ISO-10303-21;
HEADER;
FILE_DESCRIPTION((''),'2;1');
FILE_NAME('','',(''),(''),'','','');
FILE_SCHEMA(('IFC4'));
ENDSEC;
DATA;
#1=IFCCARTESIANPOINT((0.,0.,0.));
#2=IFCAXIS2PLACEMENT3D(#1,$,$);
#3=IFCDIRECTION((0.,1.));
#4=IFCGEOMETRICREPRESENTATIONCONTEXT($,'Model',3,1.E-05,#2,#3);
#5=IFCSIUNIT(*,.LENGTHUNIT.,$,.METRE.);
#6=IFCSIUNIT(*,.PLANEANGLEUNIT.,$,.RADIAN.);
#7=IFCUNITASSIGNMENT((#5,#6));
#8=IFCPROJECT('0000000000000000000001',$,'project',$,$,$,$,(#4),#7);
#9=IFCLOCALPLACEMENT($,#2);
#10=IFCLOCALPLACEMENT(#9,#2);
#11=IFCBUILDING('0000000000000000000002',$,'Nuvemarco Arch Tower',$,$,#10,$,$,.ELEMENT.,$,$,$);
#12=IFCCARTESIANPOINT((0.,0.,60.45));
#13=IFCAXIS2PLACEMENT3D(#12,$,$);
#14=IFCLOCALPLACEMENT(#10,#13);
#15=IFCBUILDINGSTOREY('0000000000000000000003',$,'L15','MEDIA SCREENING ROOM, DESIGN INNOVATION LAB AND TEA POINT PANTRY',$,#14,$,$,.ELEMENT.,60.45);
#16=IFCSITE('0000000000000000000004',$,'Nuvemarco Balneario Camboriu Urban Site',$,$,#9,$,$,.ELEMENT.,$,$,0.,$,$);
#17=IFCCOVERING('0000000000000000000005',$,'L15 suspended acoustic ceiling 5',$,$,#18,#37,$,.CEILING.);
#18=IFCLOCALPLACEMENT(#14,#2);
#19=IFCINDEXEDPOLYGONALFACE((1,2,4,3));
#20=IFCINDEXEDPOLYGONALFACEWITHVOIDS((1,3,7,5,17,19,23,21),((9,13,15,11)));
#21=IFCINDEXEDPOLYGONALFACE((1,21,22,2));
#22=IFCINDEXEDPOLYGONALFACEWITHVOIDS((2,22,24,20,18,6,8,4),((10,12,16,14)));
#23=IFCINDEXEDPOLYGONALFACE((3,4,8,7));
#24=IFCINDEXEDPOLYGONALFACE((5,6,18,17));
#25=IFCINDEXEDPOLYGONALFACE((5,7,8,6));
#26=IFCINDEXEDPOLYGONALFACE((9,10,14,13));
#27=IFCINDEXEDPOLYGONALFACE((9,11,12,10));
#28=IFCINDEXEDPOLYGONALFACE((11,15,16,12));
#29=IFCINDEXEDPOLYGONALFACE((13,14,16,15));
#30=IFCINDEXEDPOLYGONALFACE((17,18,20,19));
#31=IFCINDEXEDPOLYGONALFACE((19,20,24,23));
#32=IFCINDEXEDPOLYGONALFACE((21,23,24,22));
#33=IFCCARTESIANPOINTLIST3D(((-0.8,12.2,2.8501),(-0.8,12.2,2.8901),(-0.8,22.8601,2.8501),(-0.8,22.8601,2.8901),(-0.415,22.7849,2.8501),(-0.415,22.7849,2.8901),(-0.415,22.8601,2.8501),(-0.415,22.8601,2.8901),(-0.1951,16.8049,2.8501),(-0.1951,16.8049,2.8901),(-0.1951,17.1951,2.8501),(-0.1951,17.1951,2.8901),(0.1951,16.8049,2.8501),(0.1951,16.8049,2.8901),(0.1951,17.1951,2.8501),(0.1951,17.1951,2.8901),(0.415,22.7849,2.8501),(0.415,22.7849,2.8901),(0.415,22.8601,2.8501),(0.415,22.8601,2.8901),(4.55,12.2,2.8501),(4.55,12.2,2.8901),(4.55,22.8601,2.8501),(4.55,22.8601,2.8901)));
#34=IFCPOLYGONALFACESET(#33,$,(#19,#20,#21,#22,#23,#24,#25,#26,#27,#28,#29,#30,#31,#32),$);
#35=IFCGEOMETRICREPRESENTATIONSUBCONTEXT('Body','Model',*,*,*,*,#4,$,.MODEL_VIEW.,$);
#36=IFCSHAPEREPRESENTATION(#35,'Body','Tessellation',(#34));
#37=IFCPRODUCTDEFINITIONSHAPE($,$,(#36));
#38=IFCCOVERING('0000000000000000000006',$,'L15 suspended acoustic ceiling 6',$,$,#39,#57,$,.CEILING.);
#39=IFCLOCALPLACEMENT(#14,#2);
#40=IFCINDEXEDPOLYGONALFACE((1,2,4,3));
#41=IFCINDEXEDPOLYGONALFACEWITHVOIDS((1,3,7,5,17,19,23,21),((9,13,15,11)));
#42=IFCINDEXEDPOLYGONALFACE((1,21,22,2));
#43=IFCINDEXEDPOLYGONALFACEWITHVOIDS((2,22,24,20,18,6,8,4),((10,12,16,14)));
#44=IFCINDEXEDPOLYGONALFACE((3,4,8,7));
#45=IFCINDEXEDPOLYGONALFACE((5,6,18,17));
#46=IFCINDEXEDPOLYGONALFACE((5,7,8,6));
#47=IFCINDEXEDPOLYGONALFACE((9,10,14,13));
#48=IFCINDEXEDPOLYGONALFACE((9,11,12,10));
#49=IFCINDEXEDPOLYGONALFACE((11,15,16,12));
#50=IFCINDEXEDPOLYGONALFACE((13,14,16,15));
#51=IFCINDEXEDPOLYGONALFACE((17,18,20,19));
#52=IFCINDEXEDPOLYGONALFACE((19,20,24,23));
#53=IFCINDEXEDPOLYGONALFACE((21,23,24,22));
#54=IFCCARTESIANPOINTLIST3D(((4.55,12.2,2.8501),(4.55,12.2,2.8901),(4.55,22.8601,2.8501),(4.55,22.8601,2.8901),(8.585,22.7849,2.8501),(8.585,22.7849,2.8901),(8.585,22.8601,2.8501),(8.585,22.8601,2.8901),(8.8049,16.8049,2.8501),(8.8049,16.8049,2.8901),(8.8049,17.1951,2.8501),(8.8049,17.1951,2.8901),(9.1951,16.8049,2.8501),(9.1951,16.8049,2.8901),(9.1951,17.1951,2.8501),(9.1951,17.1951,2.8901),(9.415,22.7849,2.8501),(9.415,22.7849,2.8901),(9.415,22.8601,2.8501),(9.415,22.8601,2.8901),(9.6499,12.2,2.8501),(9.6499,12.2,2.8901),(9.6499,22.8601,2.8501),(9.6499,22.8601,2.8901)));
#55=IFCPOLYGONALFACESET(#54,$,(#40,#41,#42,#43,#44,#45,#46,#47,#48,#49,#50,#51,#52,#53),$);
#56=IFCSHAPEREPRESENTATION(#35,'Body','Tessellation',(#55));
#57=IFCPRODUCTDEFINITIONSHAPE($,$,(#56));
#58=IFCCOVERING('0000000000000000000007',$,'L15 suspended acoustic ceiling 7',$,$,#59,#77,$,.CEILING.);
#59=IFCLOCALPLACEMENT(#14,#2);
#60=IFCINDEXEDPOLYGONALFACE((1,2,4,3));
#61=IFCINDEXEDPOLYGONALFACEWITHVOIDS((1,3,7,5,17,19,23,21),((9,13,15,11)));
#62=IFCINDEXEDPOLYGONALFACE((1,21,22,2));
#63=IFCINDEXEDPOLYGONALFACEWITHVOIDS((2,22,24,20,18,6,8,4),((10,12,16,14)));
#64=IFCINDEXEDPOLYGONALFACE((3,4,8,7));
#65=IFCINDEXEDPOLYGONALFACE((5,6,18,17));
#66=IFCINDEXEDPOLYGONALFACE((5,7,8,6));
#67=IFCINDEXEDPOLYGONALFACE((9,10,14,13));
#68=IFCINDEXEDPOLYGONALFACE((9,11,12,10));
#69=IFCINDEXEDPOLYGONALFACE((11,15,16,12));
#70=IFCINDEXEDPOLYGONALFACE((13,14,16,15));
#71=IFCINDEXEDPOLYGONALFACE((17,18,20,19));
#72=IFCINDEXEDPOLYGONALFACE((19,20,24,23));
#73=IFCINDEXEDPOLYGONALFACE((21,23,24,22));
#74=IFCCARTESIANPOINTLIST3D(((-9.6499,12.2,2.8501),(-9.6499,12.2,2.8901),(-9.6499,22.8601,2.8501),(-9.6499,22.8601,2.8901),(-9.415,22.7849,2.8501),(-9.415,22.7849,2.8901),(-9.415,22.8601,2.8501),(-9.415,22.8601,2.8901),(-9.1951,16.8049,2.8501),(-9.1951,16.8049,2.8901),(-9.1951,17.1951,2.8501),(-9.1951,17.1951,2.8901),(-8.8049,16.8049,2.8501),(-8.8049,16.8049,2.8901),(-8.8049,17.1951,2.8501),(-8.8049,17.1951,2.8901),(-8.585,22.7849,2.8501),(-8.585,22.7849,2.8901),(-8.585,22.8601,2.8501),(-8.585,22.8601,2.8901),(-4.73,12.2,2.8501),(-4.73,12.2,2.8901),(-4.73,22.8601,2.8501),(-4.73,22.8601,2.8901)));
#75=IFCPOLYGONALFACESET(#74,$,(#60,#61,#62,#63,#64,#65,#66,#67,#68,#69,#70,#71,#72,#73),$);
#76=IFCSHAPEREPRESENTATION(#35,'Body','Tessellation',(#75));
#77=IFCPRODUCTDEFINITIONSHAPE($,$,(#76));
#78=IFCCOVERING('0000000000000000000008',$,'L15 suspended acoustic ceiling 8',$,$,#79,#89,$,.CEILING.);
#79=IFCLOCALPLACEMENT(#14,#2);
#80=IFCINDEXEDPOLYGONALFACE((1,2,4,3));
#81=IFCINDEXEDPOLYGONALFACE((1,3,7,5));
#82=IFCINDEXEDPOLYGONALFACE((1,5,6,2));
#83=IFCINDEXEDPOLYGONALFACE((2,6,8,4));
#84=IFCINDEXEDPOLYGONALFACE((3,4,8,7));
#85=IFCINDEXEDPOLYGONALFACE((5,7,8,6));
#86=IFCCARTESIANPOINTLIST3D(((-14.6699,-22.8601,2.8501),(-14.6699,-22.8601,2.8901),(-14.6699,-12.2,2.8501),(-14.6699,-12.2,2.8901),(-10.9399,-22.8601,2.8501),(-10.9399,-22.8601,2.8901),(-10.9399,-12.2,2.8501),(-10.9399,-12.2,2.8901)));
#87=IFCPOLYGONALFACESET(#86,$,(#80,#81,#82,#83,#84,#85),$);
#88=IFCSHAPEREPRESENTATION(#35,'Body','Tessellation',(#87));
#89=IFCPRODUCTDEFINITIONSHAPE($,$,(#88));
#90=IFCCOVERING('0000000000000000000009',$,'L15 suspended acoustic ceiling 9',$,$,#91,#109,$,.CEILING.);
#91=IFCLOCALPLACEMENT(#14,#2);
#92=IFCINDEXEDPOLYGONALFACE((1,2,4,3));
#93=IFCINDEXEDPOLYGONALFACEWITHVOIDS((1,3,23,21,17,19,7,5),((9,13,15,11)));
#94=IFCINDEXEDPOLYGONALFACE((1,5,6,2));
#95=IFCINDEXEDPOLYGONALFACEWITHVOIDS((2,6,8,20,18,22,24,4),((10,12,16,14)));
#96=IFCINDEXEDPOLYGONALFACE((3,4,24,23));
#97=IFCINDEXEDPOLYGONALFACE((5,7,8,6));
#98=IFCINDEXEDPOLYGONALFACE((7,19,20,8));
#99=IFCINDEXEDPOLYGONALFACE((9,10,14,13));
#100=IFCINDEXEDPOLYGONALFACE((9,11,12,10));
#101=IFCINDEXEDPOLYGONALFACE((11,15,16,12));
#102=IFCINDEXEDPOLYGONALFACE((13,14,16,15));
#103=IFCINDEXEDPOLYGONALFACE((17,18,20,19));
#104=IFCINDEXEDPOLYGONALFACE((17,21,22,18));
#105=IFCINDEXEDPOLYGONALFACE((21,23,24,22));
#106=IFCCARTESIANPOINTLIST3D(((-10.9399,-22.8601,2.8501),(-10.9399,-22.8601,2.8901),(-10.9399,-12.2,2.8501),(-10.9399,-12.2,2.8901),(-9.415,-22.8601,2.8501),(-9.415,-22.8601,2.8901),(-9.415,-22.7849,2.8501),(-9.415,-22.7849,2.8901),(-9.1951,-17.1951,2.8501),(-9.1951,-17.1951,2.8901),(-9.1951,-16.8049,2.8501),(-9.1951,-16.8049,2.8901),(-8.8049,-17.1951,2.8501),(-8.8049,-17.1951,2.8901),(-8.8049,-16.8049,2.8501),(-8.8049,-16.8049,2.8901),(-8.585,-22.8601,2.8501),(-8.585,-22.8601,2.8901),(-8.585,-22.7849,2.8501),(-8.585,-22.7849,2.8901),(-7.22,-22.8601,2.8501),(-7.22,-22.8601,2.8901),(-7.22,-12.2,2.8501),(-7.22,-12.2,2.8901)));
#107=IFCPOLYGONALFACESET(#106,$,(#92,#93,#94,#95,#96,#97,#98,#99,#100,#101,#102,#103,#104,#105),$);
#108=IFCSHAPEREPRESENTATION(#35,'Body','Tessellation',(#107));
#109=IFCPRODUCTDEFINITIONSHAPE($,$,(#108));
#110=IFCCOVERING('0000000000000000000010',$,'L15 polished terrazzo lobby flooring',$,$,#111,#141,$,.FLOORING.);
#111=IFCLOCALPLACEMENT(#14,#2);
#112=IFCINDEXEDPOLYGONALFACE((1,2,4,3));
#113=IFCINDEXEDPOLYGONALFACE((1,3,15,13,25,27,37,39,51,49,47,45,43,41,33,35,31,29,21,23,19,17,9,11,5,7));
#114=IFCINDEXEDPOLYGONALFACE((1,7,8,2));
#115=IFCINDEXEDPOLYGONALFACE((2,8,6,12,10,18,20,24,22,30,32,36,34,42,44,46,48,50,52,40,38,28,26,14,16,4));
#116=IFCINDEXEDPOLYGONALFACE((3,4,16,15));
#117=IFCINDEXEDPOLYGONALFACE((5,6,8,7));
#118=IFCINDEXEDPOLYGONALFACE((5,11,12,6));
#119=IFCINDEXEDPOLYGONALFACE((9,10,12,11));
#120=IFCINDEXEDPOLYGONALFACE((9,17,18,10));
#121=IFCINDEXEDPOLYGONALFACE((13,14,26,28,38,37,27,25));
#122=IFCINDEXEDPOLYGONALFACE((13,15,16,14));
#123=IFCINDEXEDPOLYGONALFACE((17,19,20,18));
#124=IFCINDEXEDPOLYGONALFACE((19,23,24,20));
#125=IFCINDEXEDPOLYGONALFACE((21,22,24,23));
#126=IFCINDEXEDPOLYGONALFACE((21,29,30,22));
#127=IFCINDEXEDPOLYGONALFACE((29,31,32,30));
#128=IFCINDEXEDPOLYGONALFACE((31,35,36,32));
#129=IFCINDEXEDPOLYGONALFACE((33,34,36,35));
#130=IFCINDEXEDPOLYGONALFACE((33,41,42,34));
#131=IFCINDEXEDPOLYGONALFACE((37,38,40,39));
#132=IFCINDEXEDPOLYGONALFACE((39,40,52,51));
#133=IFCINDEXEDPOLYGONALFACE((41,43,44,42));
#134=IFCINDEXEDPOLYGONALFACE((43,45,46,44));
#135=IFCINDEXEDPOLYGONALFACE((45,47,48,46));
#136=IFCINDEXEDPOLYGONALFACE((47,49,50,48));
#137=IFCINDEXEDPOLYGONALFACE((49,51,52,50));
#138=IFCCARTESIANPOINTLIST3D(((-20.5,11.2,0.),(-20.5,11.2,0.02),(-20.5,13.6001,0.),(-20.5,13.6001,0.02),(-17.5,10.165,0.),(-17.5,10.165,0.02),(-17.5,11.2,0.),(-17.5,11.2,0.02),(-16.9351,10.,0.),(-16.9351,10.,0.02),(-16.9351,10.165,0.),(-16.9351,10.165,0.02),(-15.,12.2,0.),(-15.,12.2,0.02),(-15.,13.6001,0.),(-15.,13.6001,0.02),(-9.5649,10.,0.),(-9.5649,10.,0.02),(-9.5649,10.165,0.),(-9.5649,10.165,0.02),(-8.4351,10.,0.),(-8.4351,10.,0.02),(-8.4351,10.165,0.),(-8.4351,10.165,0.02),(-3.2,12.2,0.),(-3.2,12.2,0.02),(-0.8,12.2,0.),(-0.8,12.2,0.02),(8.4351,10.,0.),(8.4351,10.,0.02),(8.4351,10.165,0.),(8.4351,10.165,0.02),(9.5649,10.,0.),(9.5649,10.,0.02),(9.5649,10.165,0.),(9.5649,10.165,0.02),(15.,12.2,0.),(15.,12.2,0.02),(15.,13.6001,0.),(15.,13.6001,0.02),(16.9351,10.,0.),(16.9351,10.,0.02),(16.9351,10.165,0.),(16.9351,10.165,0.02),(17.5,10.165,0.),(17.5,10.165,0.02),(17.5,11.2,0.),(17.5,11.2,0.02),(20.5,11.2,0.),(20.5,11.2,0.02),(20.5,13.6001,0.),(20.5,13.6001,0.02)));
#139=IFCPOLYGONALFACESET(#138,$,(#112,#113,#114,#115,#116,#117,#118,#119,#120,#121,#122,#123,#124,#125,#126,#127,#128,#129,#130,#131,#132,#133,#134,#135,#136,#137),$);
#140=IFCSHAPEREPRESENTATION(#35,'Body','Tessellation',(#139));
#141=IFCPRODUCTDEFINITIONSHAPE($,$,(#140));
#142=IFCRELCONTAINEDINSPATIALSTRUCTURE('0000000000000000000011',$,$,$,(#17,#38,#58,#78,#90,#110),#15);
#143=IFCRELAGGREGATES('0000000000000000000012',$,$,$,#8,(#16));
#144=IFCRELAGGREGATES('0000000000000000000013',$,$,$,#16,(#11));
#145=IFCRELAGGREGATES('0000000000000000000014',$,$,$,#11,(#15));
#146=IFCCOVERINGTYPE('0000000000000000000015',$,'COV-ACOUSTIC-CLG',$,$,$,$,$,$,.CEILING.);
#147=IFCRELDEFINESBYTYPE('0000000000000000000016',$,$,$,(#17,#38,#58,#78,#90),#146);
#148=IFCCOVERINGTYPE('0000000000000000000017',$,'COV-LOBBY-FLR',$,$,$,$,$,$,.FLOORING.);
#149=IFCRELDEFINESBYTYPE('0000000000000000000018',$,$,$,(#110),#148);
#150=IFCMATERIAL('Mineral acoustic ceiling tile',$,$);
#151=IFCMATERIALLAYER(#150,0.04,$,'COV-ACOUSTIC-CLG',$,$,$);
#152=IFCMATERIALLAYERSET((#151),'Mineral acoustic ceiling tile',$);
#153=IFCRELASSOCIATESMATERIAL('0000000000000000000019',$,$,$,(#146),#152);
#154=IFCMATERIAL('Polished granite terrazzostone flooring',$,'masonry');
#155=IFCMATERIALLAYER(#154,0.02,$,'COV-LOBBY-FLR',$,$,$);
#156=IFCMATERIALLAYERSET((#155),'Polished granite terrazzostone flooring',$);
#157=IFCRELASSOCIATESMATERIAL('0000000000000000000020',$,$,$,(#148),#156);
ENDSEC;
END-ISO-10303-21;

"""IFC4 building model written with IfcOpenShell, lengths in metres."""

from ifc_helpers import new_model, si_unit, direction, frame, origin, place, context, subcontext, project, spatial, polyline, outline, extrude, material, layer, layer_set, type_object, element, save


model = new_model("IFC4")

# Units and contexts
model_context = context("Model", 3, precision=1e-05, world=origin(), true_north=direction((0.0, 1.0)))
body_context = subcontext(model_context, "Body", "Model", "MODEL_VIEW")
ifc_project = project(units=[si_unit("LENGTHUNIT", "METRE"), si_unit("PLANEANGLEUNIT", "RADIAN")], contexts=[model_context])

# Site, building, storey
site_placement = place(None, origin())
site = spatial("IfcSite", under=ifc_project, at=site_placement, Name="Nuvemarco Balneario Camboriu Urban Site", CompositionType="ELEMENT", RefElevation=0.0)
building_placement = place(site_placement, origin())
building = spatial("IfcBuilding", under=site, at=building_placement, Name="Nuvemarco Arch Tower", CompositionType="ELEMENT")
storey_placement = place(building_placement, frame((0.0, 0.0, 60.45)))
storey = spatial("IfcBuildingStorey", under=building, at=storey_placement, Name="L15", Description="MEDIA SCREENING ROOM, DESIGN INNOVATION LAB AND TEA POINT PANTRY", CompositionType="ELEMENT", Elevation=60.45)

# Coverings
ifc_material_1 = material(Name="Mineral acoustic ceiling tile")
ifc_layer_1 = layer(ifc_material_1, 0.04, Name="COV-ACOUSTIC-CLG")
ifc_layer_set_1 = layer_set([ifc_layer_1], Name="Mineral acoustic ceiling tile")
covering_type_1 = type_object("IfcCoveringType", Name="COV-ACOUSTIC-CLG", PredefinedType="CEILING", material=ifc_layer_set_1)
covering_1_placement = place(storey_placement, frame((0.0, 0.0, 2.8501)))
element("IfcCovering", 1, at=covering_1_placement, inside=storey, type_object=covering_type_1, Name="L15 suspended acoustic ceiling 5", PredefinedType="CEILING", context=body_context, shape_type="SweptSolid", body=[
    extrude(outline(polyline([(4.55, 12.2), (-0.8, 12.2), (-0.8, 22.8601), (-0.415, 22.8601), (-0.415, 22.7849), (0.415, 22.7849), (0.415, 22.8601), (4.55, 22.8601), (4.55, 12.2)]), holes=[polyline([(0.1951, 16.8049), (0.1951, 17.1951), (-0.1951, 17.1951), (-0.1951, 16.8049), (0.1951, 16.8049)])]), origin(), (0.0, 0.0, 1.0), 0.04),
])
covering_2_placement = place(storey_placement, frame((0.0, 0.0, 2.8501)))
element("IfcCovering", 2, at=covering_2_placement, inside=storey, type_object=covering_type_1, Name="L15 suspended acoustic ceiling 6", PredefinedType="CEILING", context=body_context, shape_type="SweptSolid", body=[
    extrude(outline(polyline([(9.6499, 12.2), (4.55, 12.2), (4.55, 22.8601), (8.585, 22.8601), (8.585, 22.7849), (9.415, 22.7849), (9.415, 22.8601), (9.6499, 22.8601), (9.6499, 12.2)]), holes=[polyline([(9.1951, 17.1951), (8.8049, 17.1951), (8.8049, 16.8049), (9.1951, 16.8049), (9.1951, 17.1951)])]), origin(), (0.0, 0.0, 1.0), 0.04),
])
covering_3_placement = place(storey_placement, frame((0.0, 0.0, 2.8501)))
element("IfcCovering", 3, at=covering_3_placement, inside=storey, type_object=covering_type_1, Name="L15 suspended acoustic ceiling 7", PredefinedType="CEILING", context=body_context, shape_type="SweptSolid", body=[
    extrude(outline(polyline([(-4.73, 12.2), (-9.6499, 12.2), (-9.6499, 22.8601), (-9.415, 22.8601), (-9.415, 22.7849), (-8.585, 22.7849), (-8.585, 22.8601), (-4.73, 22.8601), (-4.73, 12.2)]), holes=[polyline([(-8.8049, 16.8049), (-8.8049, 17.1951), (-9.1951, 17.1951), (-9.1951, 16.8049), (-8.8049, 16.8049)])]), origin(), (0.0, 0.0, 1.0), 0.04),
])
covering_4_placement = place(storey_placement, frame((0.0, 0.0, 2.8501)))
element("IfcCovering", 4, at=covering_4_placement, inside=storey, type_object=covering_type_1, Name="L15 suspended acoustic ceiling 8", PredefinedType="CEILING", context=body_context, shape_type="SweptSolid", body=[
    extrude(outline(polyline([(-14.6699, -22.8601), (-14.6699, -12.2), (-10.9399, -12.2), (-10.9399, -22.8601), (-14.6699, -22.8601)])), origin(), (0.0, 0.0, 1.0), 0.04),
])
covering_5_placement = place(storey_placement, frame((0.0, 0.0, 2.8501)))
element("IfcCovering", 5, at=covering_5_placement, inside=storey, type_object=covering_type_1, Name="L15 suspended acoustic ceiling 9", PredefinedType="CEILING", context=body_context, shape_type="SweptSolid", body=[
    extrude(outline(polyline([(-8.585, -22.8601), (-8.585, -22.7849), (-9.415, -22.7849), (-9.415, -22.8601), (-10.9399, -22.8601), (-10.9399, -12.2), (-7.22, -12.2), (-7.22, -22.8601), (-8.585, -22.8601)]), holes=[polyline([(-8.8049, -17.1951), (-8.8049, -16.8049), (-9.1951, -16.8049), (-9.1951, -17.1951), (-8.8049, -17.1951)])]), origin(), (0.0, 0.0, 1.0), 0.04),
])
ifc_material_2 = material(Name="Polished granite terrazzostone flooring", Category="masonry")
ifc_layer_2 = layer(ifc_material_2, 0.02, Name="COV-LOBBY-FLR")
ifc_layer_set_2 = layer_set([ifc_layer_2], Name="Polished granite terrazzostone flooring")
covering_type_2 = type_object("IfcCoveringType", Name="COV-LOBBY-FLR", PredefinedType="FLOORING", material=ifc_layer_set_2)
covering_6_placement = place(storey_placement, origin())
element("IfcCovering", 6, at=covering_6_placement, inside=storey, type_object=covering_type_2, Name="L15 polished terrazzo lobby flooring", PredefinedType="FLOORING", context=body_context, shape_type="SweptSolid", body=[
    extrude(outline(polyline([(-8.4351, 10.165), (-9.5649, 10.165), (-9.5649, 10.0), (-16.9351, 10.0), (-16.9351, 10.165), (-17.5, 10.165), (-17.5, 11.2), (-20.5, 11.2), (-20.5, 13.6001), (-15.0, 13.6001), (-15.0, 12.2), (-3.2, 12.2), (-0.8, 12.2), (15.0, 12.2), (15.0, 13.6001), (20.5, 13.6001), (20.5, 11.2), (17.5, 11.2), (17.5, 10.165), (16.9351, 10.165), (16.9351, 10.0), (9.5649, 10.0), (9.5649, 10.165), (8.4351, 10.165), (8.4351, 10.0), (-8.4351, 10.0), (-8.4351, 10.165)])), origin(), (0.0, 0.0, 1.0), 0.02),
])

save(model, "model.ifc")
